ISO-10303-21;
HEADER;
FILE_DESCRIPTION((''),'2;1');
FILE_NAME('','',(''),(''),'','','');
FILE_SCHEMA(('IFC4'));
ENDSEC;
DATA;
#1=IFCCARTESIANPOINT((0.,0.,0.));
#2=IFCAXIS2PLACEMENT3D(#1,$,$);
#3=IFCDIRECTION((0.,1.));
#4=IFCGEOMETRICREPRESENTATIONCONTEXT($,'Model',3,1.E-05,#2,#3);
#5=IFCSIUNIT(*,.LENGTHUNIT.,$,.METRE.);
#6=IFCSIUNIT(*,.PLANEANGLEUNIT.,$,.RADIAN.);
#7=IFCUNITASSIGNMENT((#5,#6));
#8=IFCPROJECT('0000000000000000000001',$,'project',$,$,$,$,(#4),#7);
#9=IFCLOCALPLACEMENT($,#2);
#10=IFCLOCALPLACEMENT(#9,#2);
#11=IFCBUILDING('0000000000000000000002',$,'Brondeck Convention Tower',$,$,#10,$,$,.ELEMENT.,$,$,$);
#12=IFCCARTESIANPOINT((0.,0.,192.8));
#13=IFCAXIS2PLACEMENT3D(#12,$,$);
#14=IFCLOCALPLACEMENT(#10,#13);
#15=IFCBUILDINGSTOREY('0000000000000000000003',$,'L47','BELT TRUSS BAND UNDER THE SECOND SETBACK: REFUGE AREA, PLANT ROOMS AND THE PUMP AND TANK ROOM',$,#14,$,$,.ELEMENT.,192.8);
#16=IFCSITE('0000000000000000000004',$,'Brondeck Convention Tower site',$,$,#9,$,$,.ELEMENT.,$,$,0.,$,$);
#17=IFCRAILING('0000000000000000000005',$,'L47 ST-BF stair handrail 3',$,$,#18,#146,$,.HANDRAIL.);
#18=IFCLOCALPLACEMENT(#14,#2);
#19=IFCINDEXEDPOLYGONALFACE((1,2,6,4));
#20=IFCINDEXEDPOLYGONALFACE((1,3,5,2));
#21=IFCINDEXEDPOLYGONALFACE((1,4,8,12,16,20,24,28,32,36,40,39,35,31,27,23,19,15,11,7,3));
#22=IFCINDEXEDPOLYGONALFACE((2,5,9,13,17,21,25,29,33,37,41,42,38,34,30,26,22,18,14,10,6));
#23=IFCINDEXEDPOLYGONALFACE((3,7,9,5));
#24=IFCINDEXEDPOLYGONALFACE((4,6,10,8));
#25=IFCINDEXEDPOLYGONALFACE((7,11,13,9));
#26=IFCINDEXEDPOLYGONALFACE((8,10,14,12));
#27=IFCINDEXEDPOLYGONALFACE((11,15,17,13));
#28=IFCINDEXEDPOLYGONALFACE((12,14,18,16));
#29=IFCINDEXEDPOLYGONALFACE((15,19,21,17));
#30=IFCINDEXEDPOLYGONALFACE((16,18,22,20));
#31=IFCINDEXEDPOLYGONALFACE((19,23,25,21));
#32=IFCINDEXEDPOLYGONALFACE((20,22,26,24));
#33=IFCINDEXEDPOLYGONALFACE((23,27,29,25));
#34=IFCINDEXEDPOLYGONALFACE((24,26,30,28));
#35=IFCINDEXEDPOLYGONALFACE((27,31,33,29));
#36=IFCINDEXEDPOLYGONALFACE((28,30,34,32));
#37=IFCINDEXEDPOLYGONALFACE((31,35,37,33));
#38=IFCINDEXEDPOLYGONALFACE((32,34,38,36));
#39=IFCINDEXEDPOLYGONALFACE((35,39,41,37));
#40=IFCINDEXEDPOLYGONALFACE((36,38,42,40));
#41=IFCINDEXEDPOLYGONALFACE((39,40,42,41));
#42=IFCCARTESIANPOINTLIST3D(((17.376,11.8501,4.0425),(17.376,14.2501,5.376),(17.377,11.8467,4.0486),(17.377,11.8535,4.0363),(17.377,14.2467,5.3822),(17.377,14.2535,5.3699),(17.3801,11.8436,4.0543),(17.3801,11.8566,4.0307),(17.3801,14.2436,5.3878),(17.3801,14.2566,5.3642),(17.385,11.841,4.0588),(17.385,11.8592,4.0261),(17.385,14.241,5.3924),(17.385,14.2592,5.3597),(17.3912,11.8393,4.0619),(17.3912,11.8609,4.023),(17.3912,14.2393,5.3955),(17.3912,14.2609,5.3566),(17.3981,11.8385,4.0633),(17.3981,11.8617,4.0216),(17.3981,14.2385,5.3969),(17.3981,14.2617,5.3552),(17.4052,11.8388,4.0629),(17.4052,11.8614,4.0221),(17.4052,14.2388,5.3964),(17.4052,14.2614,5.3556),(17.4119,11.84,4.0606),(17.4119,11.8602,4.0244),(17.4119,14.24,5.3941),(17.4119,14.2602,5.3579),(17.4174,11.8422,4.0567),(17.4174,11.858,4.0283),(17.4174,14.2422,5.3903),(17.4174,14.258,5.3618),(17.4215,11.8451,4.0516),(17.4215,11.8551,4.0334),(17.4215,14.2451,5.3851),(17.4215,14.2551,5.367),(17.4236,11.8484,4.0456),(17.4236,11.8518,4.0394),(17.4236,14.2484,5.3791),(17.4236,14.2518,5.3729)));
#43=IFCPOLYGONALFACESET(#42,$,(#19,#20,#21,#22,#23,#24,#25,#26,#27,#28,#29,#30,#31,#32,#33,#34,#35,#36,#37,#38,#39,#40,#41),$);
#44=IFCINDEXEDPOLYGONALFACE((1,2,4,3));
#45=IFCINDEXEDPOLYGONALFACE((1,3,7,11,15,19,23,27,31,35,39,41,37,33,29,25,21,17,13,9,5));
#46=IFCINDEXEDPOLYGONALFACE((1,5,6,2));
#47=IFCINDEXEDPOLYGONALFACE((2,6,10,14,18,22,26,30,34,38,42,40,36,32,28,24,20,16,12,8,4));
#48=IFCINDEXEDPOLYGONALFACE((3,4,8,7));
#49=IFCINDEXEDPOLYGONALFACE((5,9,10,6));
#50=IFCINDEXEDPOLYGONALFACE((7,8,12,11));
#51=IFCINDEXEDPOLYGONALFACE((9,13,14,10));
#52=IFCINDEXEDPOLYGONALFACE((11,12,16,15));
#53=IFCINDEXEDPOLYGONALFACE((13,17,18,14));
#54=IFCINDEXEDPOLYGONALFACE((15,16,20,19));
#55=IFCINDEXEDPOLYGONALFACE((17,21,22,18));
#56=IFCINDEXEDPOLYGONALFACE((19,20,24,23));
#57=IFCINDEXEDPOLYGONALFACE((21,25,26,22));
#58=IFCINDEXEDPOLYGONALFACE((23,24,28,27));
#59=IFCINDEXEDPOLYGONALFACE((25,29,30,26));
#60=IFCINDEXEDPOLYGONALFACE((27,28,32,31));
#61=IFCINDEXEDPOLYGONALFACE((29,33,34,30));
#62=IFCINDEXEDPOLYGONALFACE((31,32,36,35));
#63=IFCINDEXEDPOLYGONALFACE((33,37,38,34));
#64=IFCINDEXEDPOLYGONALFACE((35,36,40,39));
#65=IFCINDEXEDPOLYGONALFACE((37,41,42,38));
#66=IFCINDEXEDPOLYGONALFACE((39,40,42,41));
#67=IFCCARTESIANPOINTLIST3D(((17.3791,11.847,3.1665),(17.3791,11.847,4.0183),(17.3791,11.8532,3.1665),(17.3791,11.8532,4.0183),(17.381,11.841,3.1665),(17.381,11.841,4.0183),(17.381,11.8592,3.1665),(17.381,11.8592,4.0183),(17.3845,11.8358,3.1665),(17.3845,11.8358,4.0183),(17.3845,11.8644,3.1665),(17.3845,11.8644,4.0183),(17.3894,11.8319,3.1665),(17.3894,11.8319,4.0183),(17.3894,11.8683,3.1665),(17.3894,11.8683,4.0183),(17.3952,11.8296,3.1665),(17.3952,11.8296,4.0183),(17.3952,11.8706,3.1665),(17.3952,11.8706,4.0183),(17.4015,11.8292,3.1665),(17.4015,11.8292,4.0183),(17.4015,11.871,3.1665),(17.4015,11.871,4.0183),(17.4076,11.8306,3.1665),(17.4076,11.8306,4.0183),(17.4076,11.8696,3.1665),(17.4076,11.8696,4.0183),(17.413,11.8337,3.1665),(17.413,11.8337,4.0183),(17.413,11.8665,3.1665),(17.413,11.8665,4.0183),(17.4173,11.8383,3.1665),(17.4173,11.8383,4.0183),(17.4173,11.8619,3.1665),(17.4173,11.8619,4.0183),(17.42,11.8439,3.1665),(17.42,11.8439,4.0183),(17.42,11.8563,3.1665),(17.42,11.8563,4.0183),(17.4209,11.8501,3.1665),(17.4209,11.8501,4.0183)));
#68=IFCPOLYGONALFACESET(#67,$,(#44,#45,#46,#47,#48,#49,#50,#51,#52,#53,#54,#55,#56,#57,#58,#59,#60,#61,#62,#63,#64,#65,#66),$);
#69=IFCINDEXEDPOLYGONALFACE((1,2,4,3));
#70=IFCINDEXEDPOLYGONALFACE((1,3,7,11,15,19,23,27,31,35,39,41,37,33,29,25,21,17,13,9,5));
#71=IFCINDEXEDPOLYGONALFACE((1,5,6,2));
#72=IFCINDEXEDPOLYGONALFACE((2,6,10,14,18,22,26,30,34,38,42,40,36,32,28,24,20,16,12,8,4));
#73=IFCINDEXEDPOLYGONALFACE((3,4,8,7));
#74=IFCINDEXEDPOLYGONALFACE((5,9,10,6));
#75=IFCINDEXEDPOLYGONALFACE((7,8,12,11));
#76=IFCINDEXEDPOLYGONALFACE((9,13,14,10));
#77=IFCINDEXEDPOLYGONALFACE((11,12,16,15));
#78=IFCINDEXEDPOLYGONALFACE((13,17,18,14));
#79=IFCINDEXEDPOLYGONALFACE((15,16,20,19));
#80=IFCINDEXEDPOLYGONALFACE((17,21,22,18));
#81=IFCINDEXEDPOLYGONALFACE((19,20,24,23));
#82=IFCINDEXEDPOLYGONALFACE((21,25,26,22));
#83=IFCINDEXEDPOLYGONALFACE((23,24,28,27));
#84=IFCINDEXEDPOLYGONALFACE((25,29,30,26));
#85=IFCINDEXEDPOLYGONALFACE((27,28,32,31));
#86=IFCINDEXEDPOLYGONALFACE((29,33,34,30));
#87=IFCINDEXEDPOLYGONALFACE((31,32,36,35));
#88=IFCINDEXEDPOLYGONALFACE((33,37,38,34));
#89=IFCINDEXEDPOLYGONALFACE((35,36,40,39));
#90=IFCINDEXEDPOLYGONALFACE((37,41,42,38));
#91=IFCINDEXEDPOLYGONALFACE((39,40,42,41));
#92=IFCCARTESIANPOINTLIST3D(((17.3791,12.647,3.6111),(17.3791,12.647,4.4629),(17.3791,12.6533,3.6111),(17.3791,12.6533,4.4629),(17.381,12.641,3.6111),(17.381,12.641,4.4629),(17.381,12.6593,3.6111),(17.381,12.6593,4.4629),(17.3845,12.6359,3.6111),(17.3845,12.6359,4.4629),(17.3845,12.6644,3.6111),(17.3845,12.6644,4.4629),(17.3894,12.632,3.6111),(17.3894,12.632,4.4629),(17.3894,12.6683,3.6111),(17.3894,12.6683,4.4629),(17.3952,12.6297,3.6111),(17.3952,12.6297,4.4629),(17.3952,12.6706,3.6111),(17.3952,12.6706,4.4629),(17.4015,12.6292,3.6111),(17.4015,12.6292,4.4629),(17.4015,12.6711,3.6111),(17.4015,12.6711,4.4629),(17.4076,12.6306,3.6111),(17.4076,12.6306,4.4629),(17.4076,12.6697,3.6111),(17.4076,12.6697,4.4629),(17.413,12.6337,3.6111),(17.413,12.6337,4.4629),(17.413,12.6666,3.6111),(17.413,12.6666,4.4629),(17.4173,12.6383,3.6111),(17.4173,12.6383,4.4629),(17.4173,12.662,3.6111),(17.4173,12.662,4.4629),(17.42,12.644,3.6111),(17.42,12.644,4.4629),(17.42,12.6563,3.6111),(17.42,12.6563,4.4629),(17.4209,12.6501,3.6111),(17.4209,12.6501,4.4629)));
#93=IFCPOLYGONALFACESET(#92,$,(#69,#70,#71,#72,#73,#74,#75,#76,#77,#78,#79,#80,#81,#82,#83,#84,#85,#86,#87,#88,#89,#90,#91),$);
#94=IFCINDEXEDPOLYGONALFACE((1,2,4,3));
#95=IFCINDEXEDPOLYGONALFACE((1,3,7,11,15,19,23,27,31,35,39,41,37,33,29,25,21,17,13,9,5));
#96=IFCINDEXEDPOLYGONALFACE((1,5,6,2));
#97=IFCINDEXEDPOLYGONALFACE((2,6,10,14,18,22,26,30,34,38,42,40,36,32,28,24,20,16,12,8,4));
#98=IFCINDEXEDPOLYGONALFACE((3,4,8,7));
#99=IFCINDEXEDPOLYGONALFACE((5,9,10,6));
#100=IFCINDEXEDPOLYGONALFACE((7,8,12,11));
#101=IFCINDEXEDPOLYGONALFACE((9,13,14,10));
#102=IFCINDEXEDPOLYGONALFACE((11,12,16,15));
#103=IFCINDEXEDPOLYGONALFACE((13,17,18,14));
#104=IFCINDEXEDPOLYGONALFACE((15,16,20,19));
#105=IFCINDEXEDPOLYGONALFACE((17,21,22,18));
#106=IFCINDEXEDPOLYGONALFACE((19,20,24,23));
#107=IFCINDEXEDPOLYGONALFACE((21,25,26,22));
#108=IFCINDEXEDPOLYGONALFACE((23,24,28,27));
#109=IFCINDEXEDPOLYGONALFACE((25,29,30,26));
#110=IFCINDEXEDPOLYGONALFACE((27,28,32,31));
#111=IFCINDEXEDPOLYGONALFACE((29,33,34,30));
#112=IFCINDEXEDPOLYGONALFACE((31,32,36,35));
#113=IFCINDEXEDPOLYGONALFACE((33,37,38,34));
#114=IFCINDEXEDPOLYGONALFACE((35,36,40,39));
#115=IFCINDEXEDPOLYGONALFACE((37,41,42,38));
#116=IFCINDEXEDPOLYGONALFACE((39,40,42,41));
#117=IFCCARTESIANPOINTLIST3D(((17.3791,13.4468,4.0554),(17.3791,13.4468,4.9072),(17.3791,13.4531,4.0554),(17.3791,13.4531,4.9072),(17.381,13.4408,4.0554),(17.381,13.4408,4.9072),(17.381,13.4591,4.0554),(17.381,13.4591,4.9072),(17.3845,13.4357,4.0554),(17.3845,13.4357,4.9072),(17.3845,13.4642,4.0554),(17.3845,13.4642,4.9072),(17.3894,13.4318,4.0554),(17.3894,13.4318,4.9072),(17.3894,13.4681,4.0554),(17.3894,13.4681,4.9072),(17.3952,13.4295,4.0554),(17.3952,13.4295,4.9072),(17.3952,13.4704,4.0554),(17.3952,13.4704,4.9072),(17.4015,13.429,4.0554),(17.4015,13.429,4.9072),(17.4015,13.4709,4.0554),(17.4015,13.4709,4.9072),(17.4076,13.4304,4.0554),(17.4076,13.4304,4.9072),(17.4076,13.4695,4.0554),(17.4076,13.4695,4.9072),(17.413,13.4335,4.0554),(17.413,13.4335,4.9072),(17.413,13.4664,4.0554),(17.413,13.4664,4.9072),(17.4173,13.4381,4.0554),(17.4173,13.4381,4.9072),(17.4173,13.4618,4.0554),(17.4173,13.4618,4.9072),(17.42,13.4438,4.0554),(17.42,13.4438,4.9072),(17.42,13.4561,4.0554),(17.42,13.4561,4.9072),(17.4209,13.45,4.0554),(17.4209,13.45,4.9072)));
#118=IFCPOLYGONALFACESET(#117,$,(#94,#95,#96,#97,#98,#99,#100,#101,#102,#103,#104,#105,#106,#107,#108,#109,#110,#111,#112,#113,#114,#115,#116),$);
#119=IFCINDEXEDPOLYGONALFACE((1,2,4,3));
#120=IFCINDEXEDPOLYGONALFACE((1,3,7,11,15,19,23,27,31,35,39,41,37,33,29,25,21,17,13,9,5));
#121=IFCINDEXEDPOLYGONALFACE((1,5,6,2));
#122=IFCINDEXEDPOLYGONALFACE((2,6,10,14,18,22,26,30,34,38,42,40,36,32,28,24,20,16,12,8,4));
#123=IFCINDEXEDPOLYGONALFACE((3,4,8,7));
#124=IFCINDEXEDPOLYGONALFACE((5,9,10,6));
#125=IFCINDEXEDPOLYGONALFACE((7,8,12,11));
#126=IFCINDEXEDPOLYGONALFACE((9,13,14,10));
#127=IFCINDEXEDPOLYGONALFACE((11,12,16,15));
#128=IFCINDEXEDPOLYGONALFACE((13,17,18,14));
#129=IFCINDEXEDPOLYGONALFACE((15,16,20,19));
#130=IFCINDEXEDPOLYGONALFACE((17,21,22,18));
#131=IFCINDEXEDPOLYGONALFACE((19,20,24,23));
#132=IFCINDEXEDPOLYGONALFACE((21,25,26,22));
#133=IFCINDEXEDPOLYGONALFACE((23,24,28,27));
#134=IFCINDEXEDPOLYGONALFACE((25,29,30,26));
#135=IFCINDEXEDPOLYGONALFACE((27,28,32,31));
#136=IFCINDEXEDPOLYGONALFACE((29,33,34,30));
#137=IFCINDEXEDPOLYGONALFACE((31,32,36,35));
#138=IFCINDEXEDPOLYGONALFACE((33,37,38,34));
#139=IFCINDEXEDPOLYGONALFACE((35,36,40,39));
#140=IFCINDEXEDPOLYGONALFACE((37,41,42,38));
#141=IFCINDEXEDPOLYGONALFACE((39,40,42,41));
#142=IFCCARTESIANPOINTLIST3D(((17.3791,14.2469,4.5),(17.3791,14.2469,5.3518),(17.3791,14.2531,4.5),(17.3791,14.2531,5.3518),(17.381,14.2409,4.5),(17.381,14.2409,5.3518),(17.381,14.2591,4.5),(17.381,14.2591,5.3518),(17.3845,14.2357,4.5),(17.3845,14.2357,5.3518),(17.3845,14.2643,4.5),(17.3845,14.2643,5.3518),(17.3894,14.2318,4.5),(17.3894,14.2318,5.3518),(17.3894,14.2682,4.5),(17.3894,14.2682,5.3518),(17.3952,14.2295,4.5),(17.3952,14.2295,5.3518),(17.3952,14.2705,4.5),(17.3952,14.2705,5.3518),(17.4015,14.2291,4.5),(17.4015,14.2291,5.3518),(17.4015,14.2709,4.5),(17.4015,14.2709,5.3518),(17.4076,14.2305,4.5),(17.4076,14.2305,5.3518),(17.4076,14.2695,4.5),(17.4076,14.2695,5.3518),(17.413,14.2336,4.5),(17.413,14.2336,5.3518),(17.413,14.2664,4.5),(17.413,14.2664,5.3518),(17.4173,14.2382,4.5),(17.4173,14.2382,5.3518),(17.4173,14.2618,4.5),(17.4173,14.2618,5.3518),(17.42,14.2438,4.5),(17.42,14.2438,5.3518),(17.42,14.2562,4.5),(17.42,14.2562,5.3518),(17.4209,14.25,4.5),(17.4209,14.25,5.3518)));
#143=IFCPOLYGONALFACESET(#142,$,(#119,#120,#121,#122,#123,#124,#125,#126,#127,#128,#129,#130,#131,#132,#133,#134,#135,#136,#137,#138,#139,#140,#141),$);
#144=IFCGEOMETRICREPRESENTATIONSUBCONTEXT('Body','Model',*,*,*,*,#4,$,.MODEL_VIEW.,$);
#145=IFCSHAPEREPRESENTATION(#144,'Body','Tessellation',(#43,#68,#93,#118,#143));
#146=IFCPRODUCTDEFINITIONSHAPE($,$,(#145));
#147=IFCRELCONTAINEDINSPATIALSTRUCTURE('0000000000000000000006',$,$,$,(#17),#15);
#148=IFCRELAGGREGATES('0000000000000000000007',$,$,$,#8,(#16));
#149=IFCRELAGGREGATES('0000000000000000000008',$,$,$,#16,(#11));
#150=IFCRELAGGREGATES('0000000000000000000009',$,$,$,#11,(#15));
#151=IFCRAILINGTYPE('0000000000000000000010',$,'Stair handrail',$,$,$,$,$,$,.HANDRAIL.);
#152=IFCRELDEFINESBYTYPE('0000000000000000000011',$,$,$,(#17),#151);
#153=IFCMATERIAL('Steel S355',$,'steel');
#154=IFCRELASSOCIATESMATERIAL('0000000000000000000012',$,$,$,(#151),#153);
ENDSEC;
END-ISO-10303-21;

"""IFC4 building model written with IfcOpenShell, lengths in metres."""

from ifc_helpers import new_model, si_unit, direction, frame, origin, origin_2d, place, context, subcontext, project, spatial, circle, extrude, material, type_object, element, save


model = new_model("IFC4")

# Units and contexts
model_context = context("Model", 3, precision=1e-05, world=origin(), true_north=direction((0.0, 1.0)))
body_context = subcontext(model_context, "Body", "Model", "MODEL_VIEW")
ifc_project = project(units=[si_unit("LENGTHUNIT", "METRE"), si_unit("PLANEANGLEUNIT", "RADIAN")], contexts=[model_context])

# Site, building, storey
site_placement = place(None, origin())
site = spatial("IfcSite", under=ifc_project, at=site_placement, Name="Brondeck Convention Tower site", CompositionType="ELEMENT", RefElevation=0.0)
building_placement = place(site_placement, origin())
building = spatial("IfcBuilding", under=site, at=building_placement, Name="Brondeck Convention Tower", CompositionType="ELEMENT")
storey_placement = place(building_placement, frame((0.0, 0.0, 192.8)))
storey = spatial("IfcBuildingStorey", under=building, at=storey_placement, Name="L47", Description="BELT TRUSS BAND UNDER THE SECOND SETBACK: REFUGE AREA, PLANT ROOMS AND THE PUMP AND TANK ROOM", CompositionType="ELEMENT", Elevation=192.8)

# Shared definitions
ifc_material_1 = material(Name="Steel S355", Category="steel")

# Railing
railing_type_1 = type_object("IfcRailingType", Name="Stair handrail", PredefinedType="HANDRAIL", material=ifc_material_1)
railing_1_placement = place(storey_placement, frame((17.3999, 11.8501, 3.1665)))
element("IfcRailing", 1, at=railing_1_placement, inside=storey, type_object=railing_type_1, Name="L47 ST-BF stair handrail 3", PredefinedType="HANDRAIL", context=body_context, shape_type="SweptSolid", body=[
    extrude(circle(Radius=0.0239, at=origin_2d()), frame((0.0, 0.0, 0.876), z_axis=(0.0, 0.874124, 0.485703), x_axis=(-1.0, 0.0, 0.0)), (0.0, 0.0, 1.0), 2.7456),
    extrude(circle(Radius=0.021, at=origin_2d()), origin(), (0.0, 0.0, 1.0), 0.8518),
    extrude(circle(Radius=0.021, at=origin_2d()), frame((0.0, 0.8, 0.4446)), (0.0, 0.0, 1.0), 0.8518),
    extrude(circle(Radius=0.021, at=origin_2d()), frame((0.0, 1.5999, 0.8889)), (0.0, 0.0, 1.0), 0.8518),
    extrude(circle(Radius=0.021, at=origin_2d()), frame((0.0, 2.3999, 1.3335)), (0.0, 0.0, 1.0), 0.8518),
])

save(model, "model.ifc")
